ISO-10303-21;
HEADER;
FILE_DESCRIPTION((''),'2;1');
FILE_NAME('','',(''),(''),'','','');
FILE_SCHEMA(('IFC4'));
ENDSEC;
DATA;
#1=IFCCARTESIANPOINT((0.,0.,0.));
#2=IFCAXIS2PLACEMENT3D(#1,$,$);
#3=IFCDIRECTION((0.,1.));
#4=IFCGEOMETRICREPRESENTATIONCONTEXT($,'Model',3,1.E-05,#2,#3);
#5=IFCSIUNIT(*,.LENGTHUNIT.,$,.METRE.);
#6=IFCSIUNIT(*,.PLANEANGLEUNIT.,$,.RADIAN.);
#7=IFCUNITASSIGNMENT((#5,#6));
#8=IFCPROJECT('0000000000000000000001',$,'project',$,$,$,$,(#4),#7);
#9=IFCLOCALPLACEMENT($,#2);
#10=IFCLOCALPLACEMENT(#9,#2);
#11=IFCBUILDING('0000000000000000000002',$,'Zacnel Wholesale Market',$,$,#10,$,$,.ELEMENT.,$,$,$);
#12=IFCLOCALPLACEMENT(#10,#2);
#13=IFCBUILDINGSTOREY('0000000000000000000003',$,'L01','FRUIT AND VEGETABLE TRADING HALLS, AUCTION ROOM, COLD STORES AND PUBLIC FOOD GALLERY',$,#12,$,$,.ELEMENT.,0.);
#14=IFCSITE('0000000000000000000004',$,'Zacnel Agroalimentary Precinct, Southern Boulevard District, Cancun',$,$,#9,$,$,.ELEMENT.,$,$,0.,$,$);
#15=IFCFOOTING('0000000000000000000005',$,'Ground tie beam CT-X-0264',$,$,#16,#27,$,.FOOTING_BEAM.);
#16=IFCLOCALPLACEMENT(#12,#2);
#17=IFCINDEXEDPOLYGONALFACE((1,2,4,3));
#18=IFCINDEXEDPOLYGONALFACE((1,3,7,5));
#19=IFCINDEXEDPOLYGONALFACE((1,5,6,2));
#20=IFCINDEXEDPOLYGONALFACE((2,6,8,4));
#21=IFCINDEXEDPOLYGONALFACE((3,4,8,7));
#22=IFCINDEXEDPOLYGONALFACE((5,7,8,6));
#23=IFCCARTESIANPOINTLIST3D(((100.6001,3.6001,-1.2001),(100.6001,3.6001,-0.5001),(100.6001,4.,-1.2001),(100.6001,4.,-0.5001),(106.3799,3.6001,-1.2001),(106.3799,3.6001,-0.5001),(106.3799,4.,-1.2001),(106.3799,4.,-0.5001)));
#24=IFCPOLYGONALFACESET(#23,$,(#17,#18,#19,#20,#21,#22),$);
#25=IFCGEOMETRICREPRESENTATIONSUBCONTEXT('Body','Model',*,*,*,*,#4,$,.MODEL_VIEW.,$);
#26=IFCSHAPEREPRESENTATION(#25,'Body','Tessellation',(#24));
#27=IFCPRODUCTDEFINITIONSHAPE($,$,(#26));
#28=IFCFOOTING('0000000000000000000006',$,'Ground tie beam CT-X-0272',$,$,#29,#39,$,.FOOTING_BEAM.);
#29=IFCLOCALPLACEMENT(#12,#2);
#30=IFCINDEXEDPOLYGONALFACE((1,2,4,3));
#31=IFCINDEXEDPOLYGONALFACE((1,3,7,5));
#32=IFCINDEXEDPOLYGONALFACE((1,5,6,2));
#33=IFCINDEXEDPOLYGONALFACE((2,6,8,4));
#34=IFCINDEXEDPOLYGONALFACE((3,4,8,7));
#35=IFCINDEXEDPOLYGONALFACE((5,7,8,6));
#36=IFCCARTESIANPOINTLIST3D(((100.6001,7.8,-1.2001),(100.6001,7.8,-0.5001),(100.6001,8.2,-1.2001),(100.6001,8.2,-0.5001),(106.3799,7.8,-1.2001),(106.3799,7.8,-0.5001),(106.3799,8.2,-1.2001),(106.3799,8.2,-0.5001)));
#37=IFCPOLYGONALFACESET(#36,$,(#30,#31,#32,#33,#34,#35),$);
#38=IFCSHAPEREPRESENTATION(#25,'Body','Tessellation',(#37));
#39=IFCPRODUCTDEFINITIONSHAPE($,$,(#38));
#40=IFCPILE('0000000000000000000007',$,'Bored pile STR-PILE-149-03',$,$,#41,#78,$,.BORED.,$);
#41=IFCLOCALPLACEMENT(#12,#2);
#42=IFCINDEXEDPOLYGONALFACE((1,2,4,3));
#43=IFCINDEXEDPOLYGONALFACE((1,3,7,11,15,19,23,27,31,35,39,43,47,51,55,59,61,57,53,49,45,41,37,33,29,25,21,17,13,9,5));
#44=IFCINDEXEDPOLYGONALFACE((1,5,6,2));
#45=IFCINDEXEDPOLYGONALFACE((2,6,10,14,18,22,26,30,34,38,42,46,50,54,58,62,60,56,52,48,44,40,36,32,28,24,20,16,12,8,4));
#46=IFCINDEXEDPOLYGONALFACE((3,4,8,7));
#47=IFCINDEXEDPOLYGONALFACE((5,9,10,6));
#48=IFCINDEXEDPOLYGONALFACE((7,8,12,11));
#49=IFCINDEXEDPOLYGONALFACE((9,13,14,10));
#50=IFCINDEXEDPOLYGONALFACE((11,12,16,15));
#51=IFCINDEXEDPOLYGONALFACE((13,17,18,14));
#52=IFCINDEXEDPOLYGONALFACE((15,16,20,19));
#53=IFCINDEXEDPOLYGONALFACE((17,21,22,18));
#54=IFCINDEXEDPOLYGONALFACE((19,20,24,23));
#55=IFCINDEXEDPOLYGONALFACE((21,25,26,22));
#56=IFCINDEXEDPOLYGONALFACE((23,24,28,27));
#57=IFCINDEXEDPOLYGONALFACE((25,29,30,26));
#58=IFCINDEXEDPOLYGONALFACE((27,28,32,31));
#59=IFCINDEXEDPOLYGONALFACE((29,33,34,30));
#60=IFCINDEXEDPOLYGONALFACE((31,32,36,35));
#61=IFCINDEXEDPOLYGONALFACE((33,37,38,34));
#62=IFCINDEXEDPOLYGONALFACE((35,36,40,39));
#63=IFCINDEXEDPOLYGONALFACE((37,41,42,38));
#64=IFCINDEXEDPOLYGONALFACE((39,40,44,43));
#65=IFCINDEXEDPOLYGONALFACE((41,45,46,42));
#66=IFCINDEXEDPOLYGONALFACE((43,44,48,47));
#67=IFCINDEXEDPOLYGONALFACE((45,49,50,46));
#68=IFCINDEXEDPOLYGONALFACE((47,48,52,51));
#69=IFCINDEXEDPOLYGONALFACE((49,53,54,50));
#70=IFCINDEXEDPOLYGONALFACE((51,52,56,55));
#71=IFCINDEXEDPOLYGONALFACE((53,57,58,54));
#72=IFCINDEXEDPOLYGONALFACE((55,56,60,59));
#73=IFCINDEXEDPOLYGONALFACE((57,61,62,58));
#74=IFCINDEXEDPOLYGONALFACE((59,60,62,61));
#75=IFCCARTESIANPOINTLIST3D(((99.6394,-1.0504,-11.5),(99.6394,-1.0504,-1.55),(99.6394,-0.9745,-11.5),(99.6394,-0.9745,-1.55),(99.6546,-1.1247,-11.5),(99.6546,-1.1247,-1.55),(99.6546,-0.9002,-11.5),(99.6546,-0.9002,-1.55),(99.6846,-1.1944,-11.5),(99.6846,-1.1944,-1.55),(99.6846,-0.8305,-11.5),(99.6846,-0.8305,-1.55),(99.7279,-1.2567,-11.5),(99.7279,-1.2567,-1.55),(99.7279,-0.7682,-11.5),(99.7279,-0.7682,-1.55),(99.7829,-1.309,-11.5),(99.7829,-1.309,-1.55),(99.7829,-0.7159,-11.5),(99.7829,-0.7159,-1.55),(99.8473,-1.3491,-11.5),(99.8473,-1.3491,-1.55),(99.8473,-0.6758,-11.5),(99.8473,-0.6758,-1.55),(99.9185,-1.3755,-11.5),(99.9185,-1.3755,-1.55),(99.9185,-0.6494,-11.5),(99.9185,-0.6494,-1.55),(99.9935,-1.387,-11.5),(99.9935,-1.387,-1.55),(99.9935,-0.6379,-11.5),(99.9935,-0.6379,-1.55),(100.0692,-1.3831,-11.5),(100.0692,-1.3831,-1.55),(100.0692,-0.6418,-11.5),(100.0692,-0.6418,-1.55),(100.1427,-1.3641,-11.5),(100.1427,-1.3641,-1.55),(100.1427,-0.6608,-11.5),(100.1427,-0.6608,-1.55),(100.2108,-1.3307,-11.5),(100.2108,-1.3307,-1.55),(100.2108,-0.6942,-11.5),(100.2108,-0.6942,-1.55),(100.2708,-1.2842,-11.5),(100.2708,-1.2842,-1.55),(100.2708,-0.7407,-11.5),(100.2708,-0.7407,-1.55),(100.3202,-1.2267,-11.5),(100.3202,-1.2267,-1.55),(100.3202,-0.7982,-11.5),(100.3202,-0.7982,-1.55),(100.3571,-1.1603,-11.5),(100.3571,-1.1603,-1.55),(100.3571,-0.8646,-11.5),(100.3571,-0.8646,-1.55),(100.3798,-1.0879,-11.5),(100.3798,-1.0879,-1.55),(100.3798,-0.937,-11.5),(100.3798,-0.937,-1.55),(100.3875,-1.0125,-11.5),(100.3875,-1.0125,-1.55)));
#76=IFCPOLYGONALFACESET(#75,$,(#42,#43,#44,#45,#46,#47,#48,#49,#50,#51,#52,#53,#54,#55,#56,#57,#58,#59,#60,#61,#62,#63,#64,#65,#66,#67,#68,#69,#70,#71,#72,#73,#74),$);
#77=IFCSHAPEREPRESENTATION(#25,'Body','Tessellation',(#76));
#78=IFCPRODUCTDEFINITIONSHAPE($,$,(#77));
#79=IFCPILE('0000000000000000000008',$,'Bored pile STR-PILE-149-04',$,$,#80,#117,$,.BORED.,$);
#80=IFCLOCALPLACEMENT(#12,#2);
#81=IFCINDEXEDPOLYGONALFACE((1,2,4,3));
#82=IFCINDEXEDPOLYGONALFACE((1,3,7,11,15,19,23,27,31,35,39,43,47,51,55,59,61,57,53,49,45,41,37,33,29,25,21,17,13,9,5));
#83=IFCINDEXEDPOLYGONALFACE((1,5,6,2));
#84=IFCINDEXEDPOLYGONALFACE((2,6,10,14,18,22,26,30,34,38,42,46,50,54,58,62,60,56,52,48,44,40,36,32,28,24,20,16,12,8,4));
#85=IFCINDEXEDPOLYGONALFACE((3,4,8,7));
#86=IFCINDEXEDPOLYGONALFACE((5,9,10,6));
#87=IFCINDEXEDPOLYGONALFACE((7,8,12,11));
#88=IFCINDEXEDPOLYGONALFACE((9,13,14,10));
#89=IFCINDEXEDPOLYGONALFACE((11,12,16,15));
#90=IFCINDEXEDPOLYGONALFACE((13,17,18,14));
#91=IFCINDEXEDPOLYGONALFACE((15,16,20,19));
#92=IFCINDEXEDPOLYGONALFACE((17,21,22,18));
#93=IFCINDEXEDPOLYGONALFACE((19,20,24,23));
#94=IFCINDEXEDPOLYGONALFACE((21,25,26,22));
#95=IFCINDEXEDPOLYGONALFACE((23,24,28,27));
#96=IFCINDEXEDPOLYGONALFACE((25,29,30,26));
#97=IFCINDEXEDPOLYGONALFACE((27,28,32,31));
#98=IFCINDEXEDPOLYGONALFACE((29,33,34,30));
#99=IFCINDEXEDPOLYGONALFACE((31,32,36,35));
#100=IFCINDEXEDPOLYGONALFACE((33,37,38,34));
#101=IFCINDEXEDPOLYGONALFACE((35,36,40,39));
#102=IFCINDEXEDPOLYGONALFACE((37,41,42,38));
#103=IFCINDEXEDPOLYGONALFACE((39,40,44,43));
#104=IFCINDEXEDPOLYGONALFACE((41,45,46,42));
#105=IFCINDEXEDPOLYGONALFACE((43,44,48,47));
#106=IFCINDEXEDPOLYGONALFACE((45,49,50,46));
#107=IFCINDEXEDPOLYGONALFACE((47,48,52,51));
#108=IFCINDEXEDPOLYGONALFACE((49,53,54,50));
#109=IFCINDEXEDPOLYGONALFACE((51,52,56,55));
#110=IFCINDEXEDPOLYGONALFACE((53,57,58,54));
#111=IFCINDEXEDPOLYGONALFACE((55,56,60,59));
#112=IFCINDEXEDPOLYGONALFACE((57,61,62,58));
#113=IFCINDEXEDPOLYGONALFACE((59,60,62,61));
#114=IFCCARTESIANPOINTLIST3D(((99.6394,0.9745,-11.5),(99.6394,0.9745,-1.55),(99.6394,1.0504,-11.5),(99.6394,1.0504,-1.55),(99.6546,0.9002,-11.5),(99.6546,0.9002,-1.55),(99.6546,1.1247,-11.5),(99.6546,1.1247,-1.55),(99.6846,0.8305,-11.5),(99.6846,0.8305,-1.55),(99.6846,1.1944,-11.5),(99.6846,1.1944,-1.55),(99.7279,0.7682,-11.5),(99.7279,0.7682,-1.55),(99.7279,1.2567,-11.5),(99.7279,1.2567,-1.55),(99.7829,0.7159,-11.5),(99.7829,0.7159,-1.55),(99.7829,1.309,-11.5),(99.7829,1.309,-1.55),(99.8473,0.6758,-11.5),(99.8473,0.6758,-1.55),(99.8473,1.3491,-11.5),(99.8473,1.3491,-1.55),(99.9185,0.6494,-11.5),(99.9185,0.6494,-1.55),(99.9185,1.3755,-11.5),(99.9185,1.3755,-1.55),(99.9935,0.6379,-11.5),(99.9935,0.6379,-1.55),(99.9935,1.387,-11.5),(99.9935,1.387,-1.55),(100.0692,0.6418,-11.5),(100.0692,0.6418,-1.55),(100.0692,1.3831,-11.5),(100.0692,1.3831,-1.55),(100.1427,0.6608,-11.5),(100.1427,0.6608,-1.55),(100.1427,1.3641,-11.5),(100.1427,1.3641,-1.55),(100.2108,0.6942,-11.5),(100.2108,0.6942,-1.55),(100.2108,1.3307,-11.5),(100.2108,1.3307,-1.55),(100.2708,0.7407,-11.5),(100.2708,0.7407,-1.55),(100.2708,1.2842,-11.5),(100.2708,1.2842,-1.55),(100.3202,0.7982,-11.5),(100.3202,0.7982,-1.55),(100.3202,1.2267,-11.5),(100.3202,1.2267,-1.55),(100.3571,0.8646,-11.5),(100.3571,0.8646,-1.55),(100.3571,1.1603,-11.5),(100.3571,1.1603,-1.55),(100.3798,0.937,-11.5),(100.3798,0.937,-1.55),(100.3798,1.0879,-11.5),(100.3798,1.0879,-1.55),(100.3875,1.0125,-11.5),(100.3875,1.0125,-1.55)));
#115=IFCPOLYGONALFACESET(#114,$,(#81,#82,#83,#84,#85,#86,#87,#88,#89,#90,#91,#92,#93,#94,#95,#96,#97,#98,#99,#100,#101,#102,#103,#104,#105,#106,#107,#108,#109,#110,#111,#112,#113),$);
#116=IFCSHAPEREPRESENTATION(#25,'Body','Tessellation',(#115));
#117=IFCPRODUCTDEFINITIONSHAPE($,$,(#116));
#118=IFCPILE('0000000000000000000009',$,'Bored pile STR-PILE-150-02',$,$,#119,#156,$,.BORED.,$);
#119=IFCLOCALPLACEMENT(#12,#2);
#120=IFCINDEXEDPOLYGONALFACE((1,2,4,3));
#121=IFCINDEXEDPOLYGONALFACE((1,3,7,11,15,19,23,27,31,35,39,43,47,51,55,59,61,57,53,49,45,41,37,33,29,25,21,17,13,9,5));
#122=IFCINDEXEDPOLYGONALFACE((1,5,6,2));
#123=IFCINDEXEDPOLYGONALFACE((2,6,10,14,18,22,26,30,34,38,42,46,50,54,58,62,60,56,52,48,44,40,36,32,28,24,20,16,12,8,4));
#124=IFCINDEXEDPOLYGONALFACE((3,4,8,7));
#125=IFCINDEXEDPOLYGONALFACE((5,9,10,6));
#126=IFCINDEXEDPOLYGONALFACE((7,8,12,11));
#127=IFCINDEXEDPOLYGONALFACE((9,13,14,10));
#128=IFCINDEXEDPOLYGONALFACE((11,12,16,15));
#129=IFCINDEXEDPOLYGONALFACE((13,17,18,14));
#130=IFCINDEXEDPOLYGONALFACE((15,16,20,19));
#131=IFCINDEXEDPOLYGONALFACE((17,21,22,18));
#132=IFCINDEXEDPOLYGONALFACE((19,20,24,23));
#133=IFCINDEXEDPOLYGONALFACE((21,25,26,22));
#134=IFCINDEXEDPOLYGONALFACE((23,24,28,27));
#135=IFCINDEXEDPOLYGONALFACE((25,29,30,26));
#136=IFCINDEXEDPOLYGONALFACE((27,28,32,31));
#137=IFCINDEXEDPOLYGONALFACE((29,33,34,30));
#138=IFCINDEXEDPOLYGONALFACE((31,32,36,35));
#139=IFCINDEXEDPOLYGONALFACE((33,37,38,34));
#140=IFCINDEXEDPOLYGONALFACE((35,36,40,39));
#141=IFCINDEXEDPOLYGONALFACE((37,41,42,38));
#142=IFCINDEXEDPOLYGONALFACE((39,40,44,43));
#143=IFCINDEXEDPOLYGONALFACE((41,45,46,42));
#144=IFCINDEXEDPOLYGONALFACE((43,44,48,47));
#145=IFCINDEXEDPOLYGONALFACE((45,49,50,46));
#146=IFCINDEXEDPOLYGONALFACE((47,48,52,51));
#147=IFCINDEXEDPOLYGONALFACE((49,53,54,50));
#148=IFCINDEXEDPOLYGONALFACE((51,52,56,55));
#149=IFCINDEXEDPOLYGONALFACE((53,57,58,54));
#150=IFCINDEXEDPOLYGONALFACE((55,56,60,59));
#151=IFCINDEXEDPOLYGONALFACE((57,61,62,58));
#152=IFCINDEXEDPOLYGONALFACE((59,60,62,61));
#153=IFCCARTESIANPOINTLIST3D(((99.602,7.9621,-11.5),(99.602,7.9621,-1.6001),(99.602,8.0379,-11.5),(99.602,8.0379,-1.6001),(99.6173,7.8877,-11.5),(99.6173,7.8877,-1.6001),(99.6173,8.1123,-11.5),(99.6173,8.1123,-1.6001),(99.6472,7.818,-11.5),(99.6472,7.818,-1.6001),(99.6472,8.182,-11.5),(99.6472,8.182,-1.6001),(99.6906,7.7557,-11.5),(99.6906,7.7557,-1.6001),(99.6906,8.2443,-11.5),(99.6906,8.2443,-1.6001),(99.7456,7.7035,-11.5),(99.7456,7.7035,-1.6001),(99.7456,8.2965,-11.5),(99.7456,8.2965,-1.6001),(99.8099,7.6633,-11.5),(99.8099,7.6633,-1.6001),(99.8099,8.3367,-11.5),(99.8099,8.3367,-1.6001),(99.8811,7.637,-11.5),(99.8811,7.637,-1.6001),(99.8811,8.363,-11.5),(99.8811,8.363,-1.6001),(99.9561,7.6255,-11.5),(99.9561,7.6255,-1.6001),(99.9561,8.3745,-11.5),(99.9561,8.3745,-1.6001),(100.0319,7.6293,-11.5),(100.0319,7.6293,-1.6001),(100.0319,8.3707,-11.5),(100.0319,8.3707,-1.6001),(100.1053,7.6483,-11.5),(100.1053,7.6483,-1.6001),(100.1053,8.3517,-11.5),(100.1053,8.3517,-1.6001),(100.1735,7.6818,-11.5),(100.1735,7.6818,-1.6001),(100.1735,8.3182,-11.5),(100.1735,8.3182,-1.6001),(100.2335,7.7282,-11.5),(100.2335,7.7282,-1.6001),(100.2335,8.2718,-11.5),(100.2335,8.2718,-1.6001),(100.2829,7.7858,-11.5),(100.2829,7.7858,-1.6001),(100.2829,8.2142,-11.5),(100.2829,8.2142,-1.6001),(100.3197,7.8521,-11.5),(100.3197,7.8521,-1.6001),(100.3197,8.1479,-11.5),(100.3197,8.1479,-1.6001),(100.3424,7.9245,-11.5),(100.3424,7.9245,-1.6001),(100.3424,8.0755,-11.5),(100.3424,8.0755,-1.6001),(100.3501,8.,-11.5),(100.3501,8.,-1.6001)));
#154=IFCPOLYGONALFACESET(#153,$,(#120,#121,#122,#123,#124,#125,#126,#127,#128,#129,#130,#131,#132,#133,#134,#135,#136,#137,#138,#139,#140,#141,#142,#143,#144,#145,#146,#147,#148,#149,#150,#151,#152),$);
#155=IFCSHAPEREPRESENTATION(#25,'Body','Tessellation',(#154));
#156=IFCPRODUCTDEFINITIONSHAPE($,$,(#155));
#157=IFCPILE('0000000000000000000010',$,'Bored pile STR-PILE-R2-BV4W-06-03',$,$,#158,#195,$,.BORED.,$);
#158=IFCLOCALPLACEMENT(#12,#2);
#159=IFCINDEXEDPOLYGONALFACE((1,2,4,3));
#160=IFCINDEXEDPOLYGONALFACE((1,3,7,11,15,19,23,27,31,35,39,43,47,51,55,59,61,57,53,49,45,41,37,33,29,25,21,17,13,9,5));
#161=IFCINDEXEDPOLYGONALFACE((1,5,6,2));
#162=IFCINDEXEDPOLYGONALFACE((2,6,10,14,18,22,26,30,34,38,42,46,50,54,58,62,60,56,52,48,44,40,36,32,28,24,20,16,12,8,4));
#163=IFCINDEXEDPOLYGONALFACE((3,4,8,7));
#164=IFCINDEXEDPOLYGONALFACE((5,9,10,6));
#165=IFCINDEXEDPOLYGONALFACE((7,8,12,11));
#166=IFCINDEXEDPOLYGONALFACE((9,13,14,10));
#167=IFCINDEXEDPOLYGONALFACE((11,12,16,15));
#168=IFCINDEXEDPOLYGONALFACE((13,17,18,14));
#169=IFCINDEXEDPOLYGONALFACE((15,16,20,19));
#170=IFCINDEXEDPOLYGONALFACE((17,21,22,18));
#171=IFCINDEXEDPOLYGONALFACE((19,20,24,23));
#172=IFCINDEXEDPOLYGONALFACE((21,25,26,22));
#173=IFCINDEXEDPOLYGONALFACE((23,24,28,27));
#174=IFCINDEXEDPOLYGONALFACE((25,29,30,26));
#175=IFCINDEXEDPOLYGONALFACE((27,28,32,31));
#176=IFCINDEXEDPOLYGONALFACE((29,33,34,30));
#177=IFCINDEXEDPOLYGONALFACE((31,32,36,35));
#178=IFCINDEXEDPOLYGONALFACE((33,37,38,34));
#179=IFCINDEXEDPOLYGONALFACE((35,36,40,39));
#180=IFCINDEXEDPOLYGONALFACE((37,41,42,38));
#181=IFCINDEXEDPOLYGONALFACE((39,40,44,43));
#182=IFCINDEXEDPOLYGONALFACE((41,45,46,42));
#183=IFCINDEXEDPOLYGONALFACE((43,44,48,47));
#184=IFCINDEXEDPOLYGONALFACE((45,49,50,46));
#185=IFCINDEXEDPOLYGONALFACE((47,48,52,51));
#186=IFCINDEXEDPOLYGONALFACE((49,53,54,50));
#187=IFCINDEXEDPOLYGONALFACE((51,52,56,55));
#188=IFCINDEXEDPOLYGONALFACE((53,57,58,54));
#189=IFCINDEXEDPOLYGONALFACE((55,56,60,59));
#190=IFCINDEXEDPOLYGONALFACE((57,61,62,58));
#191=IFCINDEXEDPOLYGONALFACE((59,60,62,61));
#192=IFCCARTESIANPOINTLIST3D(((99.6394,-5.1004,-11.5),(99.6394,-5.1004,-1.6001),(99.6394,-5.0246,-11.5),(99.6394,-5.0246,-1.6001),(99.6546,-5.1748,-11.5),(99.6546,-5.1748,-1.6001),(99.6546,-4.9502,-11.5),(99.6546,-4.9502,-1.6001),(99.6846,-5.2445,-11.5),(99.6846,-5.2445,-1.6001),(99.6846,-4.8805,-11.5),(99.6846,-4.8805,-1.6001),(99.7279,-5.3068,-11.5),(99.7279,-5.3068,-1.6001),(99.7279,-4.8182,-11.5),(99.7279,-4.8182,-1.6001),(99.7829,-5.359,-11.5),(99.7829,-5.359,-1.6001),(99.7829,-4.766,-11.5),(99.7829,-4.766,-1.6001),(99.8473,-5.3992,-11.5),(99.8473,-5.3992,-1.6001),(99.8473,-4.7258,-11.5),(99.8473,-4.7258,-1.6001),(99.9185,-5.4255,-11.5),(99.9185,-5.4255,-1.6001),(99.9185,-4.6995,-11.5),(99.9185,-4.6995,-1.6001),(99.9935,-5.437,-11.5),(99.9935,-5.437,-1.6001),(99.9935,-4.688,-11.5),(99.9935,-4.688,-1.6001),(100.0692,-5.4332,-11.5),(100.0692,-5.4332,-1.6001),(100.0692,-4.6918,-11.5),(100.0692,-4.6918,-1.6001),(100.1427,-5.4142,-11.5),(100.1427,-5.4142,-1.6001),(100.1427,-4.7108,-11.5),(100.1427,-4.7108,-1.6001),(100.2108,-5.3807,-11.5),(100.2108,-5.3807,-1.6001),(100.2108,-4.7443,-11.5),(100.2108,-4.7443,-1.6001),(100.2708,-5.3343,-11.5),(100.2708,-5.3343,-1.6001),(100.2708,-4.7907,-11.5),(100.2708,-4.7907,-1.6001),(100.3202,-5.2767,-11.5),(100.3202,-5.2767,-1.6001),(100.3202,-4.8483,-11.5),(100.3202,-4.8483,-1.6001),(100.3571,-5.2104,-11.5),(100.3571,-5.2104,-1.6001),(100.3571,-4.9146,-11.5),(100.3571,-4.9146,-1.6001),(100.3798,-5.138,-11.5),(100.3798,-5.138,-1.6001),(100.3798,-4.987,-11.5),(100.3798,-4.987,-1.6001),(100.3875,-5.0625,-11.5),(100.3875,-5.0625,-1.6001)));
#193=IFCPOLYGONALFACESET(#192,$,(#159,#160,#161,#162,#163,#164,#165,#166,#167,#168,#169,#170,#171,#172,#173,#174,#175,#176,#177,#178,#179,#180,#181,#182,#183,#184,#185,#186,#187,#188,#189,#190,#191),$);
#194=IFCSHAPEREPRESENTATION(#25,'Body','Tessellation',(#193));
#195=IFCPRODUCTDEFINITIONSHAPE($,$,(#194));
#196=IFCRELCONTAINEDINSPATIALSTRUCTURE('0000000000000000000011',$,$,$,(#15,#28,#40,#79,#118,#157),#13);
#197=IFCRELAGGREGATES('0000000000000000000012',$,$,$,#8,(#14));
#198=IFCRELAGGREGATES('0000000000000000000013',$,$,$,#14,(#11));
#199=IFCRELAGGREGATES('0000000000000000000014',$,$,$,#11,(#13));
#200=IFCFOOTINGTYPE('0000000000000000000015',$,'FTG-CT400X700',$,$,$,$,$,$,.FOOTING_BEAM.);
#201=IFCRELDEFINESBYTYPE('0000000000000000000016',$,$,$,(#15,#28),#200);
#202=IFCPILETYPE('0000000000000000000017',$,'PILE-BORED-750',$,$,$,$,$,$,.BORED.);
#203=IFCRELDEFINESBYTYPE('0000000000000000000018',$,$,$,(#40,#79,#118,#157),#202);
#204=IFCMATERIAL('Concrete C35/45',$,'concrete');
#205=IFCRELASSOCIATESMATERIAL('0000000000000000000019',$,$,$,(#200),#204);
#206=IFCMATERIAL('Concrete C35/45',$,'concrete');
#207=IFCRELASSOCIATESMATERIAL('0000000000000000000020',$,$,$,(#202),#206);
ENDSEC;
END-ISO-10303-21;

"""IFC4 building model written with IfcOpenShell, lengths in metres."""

from ifc_helpers import new_model, si_unit, direction, frame, origin, origin_2d, place, context, subcontext, project, spatial, rectangle, circle, extrude, material, material_profile, profile_set, type_object, element, save


model = new_model("IFC4")

# Units and contexts
model_context = context("Model", 3, precision=1e-05, world=origin(), true_north=direction((0.0, 1.0)))
body_context = subcontext(model_context, "Body", "Model", "MODEL_VIEW")
ifc_project = project(units=[si_unit("LENGTHUNIT", "METRE"), si_unit("PLANEANGLEUNIT", "RADIAN")], contexts=[model_context])

# Site, building, storey
site_placement = place(None, origin())
site = spatial("IfcSite", under=ifc_project, at=site_placement, Name="Zacnel Agroalimentary Precinct, Southern Boulevard District, Cancun", CompositionType="ELEMENT", RefElevation=0.0)
building_placement = place(site_placement, origin())
building = spatial("IfcBuilding", under=site, at=building_placement, Name="Zacnel Wholesale Market", CompositionType="ELEMENT")
storey_placement = place(building_placement, origin())
storey = spatial("IfcBuildingStorey", under=building, at=storey_placement, Name="L01", Description="FRUIT AND VEGETABLE TRADING HALLS, AUCTION ROOM, COLD STORES AND PUBLIC FOOD GALLERY", CompositionType="ELEMENT", Elevation=0.0)

# Footings
ifc_material_1 = material(Name="Concrete C35/45", Category="concrete")
ifc_material_profile_1 = material_profile(ifc_material_1, rectangle(XDim=0.3999, YDim=0.7, at=origin_2d()), Name="CT 400x700")
ifc_profile_set_1 = profile_set([ifc_material_profile_1], Name="Concrete C35/45")
footing_type = type_object("IfcFootingType", Name="FTG-CT400X700", PredefinedType="FOOTING_BEAM", material=ifc_profile_set_1)
for number, where, z_axis, x_axis, name in (
    (1, (100.6001, 3.8, -0.8501), (1.0, 0.0, 0.0), (0.0, 1.0, 0.0), "Ground tie beam CT-X-0264"),
    (2, (100.6001, 8.0, -0.8501), (1.0, 0.0, 0.0), (0.0, 1.0, 0.0), "Ground tie beam CT-X-0272"),
):
    element("IfcFooting", number, at=place(storey_placement, frame(where, z_axis=z_axis, x_axis=x_axis)), inside=storey, type_object=footing_type, Name=name, PredefinedType="FOOTING_BEAM", context=body_context, shape_type="SweptSolid", body=[
        extrude(rectangle(XDim=0.3999, YDim=0.7, at=origin_2d()), origin(), (0.0, 0.0, 1.0), 5.7798),
    ])

# Piles
ifc_material_2 = material(Name="Concrete C35/45", Category="concrete")
ifc_material_profile_2 = material_profile(ifc_material_2, circle(Radius=0.375, at=origin_2d()), Name="BORED PILE D750")
ifc_profile_set_2 = profile_set([ifc_material_profile_2], Name="Concrete C35/45")
pile_type = type_object("IfcPileType", Name="PILE-BORED-750", PredefinedType="BORED", material=ifc_profile_set_2)
for number, where, z_axis, x_axis, name in (
    (3, (100.0125, -1.0125, -1.55), (0.0, 0.0, -1.0), (1.0, 0.0, 0.0), "Bored pile STR-PILE-149-03"),
    (4, (100.0125, 1.0125, -1.55), (0.0, 0.0, -1.0), (1.0, 0.0, 0.0), "Bored pile STR-PILE-149-04"),
):
    element("IfcPile", number, at=place(storey_placement, frame(where, z_axis=z_axis, x_axis=x_axis)), inside=storey, type_object=pile_type, Name=name, PredefinedType="BORED", context=body_context, shape_type="SweptSolid", body=[
        extrude(circle(Radius=0.375, at=origin_2d()), origin(), (0.0, 0.0, 1.0), 9.95),
    ])
for number, where, z_axis, x_axis, name in (
    (5, (99.9751, 8.0, -1.6001), (0.0, 0.0, -1.0), (1.0, 0.0, 0.0), "Bored pile STR-PILE-150-02"),
    (6, (100.0125, -5.0625, -1.6001), (0.0, 0.0, -1.0), (1.0, 0.0, 0.0), "Bored pile STR-PILE-R2-BV4W-06-03"),
):
    element("IfcPile", number, at=place(storey_placement, frame(where, z_axis=z_axis, x_axis=x_axis)), inside=storey, type_object=pile_type, Name=name, PredefinedType="BORED", context=body_context, shape_type="SweptSolid", body=[
        extrude(circle(Radius=0.375, at=origin_2d()), origin(), (0.0, 0.0, 1.0), 9.8999),
    ])

save(model, "model.ifc")
